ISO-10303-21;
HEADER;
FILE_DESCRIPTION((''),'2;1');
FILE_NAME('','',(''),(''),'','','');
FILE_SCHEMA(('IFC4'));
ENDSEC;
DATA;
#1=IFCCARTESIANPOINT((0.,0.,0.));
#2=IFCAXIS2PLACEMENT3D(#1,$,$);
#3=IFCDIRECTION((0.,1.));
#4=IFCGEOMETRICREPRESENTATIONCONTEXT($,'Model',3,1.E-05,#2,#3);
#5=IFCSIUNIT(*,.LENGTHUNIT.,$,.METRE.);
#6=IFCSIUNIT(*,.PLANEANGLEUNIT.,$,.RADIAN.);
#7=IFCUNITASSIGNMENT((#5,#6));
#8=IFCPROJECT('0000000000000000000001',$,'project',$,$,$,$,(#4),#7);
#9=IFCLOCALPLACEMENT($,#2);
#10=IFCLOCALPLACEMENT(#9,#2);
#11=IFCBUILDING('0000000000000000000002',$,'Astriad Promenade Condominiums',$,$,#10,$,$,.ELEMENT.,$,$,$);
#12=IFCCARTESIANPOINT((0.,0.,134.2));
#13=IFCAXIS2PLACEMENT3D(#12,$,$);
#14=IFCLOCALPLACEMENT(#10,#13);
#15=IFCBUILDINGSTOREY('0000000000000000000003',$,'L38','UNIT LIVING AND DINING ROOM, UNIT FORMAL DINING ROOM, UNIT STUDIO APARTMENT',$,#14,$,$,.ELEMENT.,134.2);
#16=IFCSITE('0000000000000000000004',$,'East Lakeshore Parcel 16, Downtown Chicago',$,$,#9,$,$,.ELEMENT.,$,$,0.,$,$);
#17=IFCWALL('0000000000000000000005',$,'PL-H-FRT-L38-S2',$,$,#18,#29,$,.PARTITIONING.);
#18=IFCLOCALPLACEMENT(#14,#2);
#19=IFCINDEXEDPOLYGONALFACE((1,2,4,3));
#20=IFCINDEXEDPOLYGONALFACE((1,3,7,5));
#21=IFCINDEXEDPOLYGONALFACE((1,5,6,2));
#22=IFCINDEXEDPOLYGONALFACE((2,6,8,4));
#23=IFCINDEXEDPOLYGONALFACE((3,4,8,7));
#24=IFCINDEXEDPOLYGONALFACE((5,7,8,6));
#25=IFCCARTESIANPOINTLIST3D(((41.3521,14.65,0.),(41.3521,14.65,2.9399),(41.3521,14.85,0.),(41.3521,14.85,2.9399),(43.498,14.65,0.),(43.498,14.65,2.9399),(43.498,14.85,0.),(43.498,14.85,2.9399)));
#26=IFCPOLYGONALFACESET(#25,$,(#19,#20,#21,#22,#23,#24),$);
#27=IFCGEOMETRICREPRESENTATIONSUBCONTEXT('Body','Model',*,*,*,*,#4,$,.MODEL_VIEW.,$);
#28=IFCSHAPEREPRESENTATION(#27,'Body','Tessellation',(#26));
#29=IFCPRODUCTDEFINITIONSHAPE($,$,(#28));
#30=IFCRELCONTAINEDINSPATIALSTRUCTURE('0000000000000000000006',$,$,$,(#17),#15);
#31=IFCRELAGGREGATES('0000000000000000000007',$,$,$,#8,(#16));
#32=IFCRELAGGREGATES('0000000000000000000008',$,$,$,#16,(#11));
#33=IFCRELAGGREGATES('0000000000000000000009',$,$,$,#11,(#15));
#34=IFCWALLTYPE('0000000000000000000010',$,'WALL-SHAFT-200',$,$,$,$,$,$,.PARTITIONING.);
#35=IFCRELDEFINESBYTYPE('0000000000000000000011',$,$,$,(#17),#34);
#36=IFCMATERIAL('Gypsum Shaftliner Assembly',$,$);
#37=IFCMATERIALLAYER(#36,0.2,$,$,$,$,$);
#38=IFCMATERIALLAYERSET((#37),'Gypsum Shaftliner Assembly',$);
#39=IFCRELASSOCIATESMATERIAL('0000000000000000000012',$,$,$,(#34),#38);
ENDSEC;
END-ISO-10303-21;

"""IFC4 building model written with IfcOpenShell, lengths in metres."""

from ifc_helpers import new_model, si_unit, direction, frame, frame_2d, origin, place, context, subcontext, project, spatial, rectangle, extrude, material, layer, layer_set, type_object, element, save


model = new_model("IFC4")

# Units and contexts
model_context = context("Model", 3, precision=1e-05, world=origin(), true_north=direction((0.0, 1.0)))
body_context = subcontext(model_context, "Body", "Model", "MODEL_VIEW")
ifc_project = project(units=[si_unit("LENGTHUNIT", "METRE"), si_unit("PLANEANGLEUNIT", "RADIAN")], contexts=[model_context])

# Site, building, storey
site_placement = place(None, origin())
site = spatial("IfcSite", under=ifc_project, at=site_placement, Name="East Lakeshore Parcel 16, Downtown Chicago", CompositionType="ELEMENT", RefElevation=0.0)
building_placement = place(site_placement, origin())
building = spatial("IfcBuilding", under=site, at=building_placement, Name="Astriad Promenade Condominiums", CompositionType="ELEMENT")
storey_placement = place(building_placement, frame((0.0, 0.0, 134.2)))
storey = spatial("IfcBuildingStorey", under=building, at=storey_placement, Name="L38", Description="UNIT LIVING AND DINING ROOM, UNIT FORMAL DINING ROOM, UNIT STUDIO APARTMENT", CompositionType="ELEMENT", Elevation=134.2)

# Shared definitions
ifc_material_1 = material(Name="Gypsum Shaftliner Assembly")
ifc_layer_1 = layer(ifc_material_1, 0.2)
ifc_layer_set_1 = layer_set([ifc_layer_1], Name="Gypsum Shaftliner Assembly")
wall_type_1 = type_object("IfcWallType", Name="WALL-SHAFT-200", PredefinedType="PARTITIONING", material=ifc_layer_set_1)

# Wall
for number, where, z_axis, x_axis, name in (
    (1, (41.3521, 14.75, 0.0), (0.0, 0.0, 1.0), (1.0, 0.0, 0.0), "PL-H-FRT-L38-S2"),
):
    element("IfcWall", number, at=place(storey_placement, frame(where, z_axis=z_axis, x_axis=x_axis)), inside=storey, type_object=wall_type_1, Name=name, PredefinedType="PARTITIONING", context=body_context, shape_type="SweptSolid", body=[
        extrude(rectangle(XDim=2.146, YDim=0.2, at=frame_2d((1.073, 0.0))), origin(), (0.0, 0.0, 1.0), 2.9399),
    ])

save(model, "model.ifc")
